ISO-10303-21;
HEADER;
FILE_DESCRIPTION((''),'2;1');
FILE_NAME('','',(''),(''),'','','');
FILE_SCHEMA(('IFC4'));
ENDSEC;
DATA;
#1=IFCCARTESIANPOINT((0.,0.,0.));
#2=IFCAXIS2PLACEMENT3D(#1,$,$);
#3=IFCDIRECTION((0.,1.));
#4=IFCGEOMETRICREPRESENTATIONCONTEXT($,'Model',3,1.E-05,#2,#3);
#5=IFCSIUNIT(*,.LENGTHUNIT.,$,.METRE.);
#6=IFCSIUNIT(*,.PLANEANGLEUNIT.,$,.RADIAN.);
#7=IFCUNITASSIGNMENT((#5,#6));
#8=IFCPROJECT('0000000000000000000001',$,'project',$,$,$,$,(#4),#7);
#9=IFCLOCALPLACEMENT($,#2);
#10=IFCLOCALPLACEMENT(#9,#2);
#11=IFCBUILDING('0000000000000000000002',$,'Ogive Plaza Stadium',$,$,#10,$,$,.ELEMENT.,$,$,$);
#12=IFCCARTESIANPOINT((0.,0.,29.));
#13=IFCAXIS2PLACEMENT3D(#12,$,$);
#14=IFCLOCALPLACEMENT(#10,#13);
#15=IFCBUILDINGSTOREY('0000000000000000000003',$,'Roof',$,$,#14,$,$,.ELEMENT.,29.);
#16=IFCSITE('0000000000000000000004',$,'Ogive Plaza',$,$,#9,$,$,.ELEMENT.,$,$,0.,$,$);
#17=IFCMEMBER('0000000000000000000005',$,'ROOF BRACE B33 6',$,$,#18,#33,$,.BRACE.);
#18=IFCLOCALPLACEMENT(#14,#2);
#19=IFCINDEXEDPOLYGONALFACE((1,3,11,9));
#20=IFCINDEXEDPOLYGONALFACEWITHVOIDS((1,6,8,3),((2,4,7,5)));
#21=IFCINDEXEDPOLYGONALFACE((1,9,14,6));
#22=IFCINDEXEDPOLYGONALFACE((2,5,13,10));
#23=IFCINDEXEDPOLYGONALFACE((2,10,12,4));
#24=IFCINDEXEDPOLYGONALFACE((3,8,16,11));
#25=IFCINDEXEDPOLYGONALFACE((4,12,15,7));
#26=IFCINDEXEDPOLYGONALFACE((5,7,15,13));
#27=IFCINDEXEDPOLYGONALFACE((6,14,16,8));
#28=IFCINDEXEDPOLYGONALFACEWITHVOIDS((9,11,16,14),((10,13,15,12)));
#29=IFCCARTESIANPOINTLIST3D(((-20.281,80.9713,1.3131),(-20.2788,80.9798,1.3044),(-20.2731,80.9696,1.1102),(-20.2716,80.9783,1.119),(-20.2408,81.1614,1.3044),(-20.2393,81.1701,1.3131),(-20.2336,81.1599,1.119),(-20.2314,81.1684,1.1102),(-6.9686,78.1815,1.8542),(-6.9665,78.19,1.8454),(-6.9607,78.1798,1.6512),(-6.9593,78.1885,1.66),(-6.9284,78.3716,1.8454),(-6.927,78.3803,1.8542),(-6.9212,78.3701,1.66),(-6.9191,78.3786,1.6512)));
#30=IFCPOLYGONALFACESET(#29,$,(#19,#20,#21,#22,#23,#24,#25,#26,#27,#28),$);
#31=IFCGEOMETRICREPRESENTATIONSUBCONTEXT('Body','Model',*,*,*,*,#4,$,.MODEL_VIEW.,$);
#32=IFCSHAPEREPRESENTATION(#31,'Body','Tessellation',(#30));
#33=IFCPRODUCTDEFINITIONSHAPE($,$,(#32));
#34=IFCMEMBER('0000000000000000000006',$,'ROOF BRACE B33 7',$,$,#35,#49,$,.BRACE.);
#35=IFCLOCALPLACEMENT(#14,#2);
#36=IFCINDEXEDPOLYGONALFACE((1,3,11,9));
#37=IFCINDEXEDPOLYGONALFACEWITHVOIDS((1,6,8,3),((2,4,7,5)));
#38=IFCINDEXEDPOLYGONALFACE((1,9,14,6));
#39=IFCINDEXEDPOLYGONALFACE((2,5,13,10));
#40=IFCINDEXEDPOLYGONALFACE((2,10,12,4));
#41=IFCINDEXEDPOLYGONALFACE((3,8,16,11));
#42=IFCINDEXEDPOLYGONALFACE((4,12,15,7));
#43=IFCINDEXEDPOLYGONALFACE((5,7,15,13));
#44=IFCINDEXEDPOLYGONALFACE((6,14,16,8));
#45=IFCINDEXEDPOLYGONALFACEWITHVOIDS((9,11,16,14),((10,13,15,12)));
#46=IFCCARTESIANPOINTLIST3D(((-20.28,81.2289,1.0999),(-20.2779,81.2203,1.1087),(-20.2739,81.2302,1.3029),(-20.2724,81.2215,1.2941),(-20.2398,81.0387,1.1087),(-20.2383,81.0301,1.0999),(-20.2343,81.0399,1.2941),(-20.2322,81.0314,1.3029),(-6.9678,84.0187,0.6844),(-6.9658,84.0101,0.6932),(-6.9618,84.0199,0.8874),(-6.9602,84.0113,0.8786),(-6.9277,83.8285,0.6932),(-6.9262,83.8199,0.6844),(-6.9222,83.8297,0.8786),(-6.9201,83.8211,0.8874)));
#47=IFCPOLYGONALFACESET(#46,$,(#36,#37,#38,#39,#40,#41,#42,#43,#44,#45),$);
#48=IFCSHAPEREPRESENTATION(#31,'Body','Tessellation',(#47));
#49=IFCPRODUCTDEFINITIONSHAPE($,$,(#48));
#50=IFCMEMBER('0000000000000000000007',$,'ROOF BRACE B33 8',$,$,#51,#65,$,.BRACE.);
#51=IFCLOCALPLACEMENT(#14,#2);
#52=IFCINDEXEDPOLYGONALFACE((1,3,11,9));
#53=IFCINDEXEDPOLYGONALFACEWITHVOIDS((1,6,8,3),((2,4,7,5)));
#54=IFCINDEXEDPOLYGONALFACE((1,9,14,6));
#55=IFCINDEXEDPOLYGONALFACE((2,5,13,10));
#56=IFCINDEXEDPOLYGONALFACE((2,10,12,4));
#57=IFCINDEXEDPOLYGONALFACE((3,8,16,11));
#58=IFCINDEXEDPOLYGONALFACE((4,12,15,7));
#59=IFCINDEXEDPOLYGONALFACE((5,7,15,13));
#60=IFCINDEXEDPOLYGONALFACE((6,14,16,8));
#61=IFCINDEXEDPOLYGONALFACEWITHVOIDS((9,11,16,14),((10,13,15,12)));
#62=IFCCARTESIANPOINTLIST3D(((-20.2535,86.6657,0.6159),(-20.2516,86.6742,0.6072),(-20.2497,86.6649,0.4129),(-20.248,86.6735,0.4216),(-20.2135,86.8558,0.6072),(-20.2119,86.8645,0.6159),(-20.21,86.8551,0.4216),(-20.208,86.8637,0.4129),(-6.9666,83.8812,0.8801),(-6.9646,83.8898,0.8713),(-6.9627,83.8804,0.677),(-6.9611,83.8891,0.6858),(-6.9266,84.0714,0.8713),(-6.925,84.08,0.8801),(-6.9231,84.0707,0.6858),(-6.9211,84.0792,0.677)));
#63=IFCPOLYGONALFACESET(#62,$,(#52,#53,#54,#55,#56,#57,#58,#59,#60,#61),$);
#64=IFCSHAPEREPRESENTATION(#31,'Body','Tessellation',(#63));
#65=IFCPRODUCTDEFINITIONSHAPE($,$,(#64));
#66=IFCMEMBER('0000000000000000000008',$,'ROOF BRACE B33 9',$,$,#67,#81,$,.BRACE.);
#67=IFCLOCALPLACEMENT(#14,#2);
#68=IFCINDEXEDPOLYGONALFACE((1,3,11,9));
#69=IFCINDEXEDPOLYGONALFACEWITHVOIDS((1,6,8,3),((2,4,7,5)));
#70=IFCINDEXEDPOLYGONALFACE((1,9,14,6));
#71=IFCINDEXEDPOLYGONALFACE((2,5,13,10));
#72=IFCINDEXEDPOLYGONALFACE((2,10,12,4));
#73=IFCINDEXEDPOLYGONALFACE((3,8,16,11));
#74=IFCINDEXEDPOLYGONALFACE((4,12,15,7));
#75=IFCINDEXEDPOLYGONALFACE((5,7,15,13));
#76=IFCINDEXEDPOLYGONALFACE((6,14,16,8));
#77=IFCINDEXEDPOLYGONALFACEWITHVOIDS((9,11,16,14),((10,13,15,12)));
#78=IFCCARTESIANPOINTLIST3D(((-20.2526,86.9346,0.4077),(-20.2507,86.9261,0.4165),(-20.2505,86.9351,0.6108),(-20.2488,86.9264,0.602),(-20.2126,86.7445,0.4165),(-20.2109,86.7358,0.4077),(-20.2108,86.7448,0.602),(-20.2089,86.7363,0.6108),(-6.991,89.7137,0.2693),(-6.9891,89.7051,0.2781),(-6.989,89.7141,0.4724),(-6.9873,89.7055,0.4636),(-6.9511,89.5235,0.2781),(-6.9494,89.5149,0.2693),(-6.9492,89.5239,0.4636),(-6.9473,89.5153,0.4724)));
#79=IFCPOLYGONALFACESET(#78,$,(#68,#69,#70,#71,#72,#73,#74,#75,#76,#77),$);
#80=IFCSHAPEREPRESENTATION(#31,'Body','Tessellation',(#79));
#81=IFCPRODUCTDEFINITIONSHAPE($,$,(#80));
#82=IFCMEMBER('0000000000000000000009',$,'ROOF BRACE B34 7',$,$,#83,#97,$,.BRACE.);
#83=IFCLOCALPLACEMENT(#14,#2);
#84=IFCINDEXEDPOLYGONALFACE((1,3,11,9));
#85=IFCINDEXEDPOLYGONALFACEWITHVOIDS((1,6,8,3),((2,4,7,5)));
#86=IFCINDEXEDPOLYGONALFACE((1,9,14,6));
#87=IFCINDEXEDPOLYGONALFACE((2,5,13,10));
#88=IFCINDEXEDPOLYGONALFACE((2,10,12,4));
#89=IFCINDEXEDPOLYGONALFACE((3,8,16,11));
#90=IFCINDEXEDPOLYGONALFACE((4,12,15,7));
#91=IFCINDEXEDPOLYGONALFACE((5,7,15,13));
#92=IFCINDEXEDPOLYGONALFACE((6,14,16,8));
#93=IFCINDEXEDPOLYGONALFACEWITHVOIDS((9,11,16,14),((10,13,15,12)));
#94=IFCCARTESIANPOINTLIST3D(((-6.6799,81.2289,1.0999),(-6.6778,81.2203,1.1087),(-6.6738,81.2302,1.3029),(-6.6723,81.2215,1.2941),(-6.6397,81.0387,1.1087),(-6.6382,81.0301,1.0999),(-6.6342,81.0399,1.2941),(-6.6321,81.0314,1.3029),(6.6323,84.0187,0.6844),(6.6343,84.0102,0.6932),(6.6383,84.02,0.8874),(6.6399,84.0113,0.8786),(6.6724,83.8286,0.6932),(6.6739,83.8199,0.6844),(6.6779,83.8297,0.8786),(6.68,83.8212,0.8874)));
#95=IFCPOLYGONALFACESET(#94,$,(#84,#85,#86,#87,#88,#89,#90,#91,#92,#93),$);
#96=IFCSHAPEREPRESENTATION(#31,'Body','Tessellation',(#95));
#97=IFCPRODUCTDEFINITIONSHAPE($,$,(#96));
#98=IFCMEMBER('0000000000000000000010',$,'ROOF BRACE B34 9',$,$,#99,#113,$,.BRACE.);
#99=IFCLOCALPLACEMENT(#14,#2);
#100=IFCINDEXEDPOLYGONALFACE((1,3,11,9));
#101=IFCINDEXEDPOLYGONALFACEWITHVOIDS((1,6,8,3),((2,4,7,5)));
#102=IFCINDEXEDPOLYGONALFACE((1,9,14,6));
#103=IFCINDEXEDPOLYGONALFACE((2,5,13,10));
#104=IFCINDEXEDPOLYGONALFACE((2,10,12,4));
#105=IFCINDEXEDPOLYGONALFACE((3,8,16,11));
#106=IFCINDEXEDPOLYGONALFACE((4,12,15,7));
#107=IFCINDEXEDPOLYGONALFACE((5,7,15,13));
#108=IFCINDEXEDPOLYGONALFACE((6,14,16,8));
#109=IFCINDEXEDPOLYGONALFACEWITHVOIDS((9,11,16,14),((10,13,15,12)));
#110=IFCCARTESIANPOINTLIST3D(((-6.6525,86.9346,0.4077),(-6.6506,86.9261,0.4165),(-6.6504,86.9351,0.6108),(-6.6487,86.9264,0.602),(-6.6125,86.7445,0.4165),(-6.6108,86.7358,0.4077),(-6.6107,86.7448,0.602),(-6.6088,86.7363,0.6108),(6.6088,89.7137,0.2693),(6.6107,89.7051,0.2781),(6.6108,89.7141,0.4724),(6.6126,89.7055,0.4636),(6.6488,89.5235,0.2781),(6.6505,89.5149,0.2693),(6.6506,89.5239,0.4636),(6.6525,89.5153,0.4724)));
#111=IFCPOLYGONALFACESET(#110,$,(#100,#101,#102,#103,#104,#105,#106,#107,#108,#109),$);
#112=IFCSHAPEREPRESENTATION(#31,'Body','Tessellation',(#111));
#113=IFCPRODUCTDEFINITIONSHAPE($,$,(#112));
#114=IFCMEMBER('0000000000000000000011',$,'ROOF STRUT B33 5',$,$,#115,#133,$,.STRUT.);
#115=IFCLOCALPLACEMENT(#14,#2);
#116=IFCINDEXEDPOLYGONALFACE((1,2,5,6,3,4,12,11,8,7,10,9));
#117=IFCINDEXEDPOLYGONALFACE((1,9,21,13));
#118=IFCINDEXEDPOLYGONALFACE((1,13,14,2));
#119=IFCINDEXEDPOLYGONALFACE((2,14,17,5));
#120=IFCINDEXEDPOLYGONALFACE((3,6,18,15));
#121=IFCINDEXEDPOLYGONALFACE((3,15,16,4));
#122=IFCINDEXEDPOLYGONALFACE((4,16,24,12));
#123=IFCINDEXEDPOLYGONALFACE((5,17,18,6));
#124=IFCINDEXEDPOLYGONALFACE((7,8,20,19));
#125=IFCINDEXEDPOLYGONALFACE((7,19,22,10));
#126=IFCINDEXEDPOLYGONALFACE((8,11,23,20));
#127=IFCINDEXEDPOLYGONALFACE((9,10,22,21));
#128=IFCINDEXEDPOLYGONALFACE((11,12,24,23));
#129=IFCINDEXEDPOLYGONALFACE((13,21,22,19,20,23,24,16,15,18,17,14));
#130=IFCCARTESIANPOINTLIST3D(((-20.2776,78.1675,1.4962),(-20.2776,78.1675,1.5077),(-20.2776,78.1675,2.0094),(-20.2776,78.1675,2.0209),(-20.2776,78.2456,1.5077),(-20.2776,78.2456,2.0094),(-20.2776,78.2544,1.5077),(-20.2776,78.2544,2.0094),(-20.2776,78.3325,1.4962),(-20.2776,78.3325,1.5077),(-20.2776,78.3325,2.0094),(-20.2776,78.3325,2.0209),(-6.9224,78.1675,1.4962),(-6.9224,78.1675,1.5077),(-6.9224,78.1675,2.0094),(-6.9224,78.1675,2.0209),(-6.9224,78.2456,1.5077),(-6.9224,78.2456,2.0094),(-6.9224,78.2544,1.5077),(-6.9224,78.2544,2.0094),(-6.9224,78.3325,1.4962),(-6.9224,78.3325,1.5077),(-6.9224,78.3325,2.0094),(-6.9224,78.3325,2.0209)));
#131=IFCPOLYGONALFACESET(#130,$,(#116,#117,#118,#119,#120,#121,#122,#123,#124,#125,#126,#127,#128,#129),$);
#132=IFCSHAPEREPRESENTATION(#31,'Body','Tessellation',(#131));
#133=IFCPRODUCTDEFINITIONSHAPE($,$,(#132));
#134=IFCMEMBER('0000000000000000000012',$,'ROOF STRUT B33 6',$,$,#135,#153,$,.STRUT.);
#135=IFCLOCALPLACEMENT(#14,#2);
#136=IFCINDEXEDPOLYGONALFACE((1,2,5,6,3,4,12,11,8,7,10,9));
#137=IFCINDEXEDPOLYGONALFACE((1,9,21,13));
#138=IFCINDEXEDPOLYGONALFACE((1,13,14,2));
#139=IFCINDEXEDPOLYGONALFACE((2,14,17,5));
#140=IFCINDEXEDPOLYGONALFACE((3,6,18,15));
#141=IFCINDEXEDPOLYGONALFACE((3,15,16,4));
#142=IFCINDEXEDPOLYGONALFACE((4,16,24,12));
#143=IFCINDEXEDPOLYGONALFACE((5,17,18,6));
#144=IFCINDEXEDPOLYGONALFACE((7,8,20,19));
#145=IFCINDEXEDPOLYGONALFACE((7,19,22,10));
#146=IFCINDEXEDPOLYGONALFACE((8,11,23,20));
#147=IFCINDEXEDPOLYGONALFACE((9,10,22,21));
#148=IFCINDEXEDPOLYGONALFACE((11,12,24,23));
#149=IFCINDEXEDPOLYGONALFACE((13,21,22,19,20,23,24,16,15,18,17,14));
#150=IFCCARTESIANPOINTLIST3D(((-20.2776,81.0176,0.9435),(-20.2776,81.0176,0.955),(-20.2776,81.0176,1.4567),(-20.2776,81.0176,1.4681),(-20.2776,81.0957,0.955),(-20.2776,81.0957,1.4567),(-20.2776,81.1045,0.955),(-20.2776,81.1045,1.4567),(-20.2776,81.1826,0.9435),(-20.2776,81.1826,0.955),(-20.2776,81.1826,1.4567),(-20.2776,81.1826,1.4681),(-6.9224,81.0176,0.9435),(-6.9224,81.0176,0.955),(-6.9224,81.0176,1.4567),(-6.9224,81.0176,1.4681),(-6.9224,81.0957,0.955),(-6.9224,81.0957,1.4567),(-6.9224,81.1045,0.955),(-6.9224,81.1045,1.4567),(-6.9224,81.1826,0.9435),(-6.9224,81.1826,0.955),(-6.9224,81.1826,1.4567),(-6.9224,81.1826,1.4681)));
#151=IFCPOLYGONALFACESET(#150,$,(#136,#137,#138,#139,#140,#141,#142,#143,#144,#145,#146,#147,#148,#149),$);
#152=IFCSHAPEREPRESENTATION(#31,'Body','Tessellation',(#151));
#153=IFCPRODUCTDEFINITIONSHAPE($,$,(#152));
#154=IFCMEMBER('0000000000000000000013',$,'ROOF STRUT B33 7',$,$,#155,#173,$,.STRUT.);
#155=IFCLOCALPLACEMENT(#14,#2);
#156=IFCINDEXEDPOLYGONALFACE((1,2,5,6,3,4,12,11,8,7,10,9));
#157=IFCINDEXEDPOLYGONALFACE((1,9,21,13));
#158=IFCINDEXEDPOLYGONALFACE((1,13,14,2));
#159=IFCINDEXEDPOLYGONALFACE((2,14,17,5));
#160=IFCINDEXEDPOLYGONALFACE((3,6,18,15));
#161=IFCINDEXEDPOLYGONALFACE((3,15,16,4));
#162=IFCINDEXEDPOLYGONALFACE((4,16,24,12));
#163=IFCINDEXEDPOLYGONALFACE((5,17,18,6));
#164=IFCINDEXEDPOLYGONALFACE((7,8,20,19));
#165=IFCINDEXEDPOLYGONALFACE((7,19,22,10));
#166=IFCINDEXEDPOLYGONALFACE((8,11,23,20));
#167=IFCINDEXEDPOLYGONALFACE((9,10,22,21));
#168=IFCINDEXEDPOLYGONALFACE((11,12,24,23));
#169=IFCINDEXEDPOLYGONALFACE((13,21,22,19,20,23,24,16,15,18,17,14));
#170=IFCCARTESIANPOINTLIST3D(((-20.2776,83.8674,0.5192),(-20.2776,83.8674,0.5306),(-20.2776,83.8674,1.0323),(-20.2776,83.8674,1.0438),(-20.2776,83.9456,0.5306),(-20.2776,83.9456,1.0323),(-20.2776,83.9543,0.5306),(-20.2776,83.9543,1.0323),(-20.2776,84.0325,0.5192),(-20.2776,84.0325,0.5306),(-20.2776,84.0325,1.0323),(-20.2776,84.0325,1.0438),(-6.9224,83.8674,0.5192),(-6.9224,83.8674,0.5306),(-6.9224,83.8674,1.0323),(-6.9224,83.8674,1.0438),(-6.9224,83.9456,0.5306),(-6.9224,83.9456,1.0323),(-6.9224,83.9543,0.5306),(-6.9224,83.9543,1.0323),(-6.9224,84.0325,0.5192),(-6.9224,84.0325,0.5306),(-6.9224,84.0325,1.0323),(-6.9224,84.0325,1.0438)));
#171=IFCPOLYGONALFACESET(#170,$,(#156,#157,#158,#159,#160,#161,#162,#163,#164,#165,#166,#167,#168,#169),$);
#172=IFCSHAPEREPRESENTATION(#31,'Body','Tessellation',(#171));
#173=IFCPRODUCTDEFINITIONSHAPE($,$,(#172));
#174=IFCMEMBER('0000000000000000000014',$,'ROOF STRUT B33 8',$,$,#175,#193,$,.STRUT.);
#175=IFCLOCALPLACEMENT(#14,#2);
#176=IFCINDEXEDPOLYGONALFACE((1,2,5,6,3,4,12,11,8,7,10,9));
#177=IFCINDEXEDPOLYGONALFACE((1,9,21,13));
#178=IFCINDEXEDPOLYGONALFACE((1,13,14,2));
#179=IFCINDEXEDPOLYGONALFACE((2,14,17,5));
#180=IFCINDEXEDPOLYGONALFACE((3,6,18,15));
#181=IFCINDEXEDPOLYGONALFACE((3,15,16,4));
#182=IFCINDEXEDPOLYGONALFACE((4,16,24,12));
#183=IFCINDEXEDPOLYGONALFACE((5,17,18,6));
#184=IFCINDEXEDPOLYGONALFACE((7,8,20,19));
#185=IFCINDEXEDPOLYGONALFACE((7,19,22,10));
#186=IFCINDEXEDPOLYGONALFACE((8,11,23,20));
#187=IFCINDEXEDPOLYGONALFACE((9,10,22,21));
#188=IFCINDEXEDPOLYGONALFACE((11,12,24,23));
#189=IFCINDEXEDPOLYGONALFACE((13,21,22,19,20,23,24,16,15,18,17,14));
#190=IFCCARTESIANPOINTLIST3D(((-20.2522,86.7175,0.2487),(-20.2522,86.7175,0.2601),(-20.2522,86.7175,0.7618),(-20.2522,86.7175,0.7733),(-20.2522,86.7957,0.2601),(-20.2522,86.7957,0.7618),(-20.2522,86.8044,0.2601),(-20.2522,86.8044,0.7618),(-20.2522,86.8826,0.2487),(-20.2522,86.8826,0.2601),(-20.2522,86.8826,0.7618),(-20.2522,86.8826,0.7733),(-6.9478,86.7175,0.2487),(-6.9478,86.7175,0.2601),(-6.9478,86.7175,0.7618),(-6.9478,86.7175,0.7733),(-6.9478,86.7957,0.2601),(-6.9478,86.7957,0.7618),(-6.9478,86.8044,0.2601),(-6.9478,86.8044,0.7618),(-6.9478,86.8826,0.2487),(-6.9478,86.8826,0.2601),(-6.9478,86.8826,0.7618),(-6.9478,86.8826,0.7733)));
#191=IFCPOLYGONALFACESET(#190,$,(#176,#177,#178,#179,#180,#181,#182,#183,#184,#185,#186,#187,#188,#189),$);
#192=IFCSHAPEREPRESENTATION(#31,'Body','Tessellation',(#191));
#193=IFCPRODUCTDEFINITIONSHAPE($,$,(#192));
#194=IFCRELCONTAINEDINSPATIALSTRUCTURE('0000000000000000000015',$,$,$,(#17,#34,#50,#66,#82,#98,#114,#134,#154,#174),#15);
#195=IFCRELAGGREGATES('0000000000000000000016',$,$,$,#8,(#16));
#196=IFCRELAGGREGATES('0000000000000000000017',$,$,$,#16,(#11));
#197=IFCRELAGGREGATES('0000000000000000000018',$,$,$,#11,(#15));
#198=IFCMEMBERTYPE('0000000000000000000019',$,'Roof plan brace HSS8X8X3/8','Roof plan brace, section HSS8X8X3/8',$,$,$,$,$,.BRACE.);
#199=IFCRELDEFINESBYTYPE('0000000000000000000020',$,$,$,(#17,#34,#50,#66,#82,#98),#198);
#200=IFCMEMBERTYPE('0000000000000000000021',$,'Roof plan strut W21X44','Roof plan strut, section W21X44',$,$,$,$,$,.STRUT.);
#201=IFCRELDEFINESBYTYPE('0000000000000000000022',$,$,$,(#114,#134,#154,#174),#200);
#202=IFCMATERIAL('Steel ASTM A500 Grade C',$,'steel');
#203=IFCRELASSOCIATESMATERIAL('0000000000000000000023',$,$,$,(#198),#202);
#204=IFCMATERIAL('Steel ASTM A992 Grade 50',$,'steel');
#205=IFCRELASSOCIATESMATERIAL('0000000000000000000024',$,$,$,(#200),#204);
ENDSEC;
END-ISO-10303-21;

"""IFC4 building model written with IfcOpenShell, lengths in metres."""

from ifc_helpers import new_model, si_unit, direction, frame, origin, origin_2d, place, context, subcontext, project, spatial, hollow_rectangle, i_section, extrude, material, material_profile, profile_set, type_object, element, save


model = new_model("IFC4")

# Units and contexts
model_context = context("Model", 3, precision=1e-05, world=origin(), true_north=direction((0.0, 1.0)))
body_context = subcontext(model_context, "Body", "Model", "MODEL_VIEW")
ifc_project = project(units=[si_unit("LENGTHUNIT", "METRE"), si_unit("PLANEANGLEUNIT", "RADIAN")], contexts=[model_context])

# Site, building, storey
site_placement = place(None, origin())
site = spatial("IfcSite", under=ifc_project, at=site_placement, Name="Ogive Plaza", CompositionType="ELEMENT", RefElevation=0.0)
building_placement = place(site_placement, origin())
building = spatial("IfcBuilding", under=site, at=building_placement, Name="Ogive Plaza Stadium", CompositionType="ELEMENT")
storey_placement = place(building_placement, frame((0.0, 0.0, 29.0)))
storey = spatial("IfcBuildingStorey", under=building, at=storey_placement, Name="Roof", CompositionType="ELEMENT", Elevation=29.0)

# Members
ifc_material_1 = material(Name="Steel ASTM A500 Grade C", Category="steel")
ifc_material_profile_1 = material_profile(ifc_material_1, hollow_rectangle(XDim=0.2031, YDim=0.2031, WallThickness=0.0088, at=origin_2d()), Name="HSS8X8X3/8")
ifc_profile_set_1 = profile_set([ifc_material_profile_1], Name="Steel ASTM A500 Grade C")
member_type_1 = type_object("IfcMemberType", Name="Roof plan brace HSS8X8X3/8", Description="Roof plan brace, section HSS8X8X3/8", PredefinedType="BRACE", material=ifc_profile_set_1)
member_1_placement = place(storey_placement, frame((-6.9438, 78.28, 1.7527), z_axis=(-0.977966, 0.204948, -0.039745), x_axis=(-0.20511, -0.978739, 0.0)))
element("IfcMember", 1, at=member_1_placement, inside=storey, type_object=member_type_1, Name="ROOF BRACE B33 6", PredefinedType="BRACE", context=body_context, shape_type="SweptSolid", body=[
    extrude(hollow_rectangle(XDim=0.2031, YDim=0.2031, WallThickness=0.0088, at=origin_2d()), origin(), (0.0, 0.0, 1.0), 13.6123),
])
member_2_placement = place(storey_placement, frame((-20.2561, 81.1301, 1.2014), z_axis=(0.978282, 0.205015, -0.030536), x_axis=(-0.20511, 0.978739, 0.0)))
element("IfcMember", 2, at=member_2_placement, inside=storey, type_object=member_type_1, Name="ROOF BRACE B33 7", PredefinedType="BRACE", context=body_context, shape_type="SweptSolid", body=[
    extrude(hollow_rectangle(XDim=0.2031, YDim=0.2031, WallThickness=0.0088, at=origin_2d()), origin(), (0.0, 0.0, 1.0), 13.6077),
])
member_3_placement = place(storey_placement, frame((-6.9438, 83.9802, 0.7786), z_axis=(-0.978554, 0.205068, -0.019455), x_axis=(-0.205107, -0.97874, 0.0)))
element("IfcMember", 3, at=member_3_placement, inside=storey, type_object=member_type_1, Name="ROOF BRACE B33 8", PredefinedType="BRACE", context=body_context, shape_type="SweptSolid", body=[
    extrude(hollow_rectangle(XDim=0.2031, YDim=0.2031, WallThickness=0.0088, at=origin_2d()), origin(), (0.0, 0.0, 1.0), 13.5781),
])
member_4_placement = place(storey_placement, frame((-20.2307, 86.8354, 0.5093), z_axis=(0.978689, 0.205093, -0.010216), x_axis=(-0.205103, 0.97874, 0.0)))
element("IfcMember", 4, at=member_4_placement, inside=storey, type_object=member_type_1, Name="ROOF BRACE B33 9", PredefinedType="BRACE", context=body_context, shape_type="SweptSolid", body=[
    extrude(hollow_rectangle(XDim=0.2031, YDim=0.2031, WallThickness=0.0088, at=origin_2d()), origin(), (0.0, 0.0, 1.0), 13.5503),
])
member_5_placement = place(storey_placement, frame((-6.656, 81.1301, 1.2014), z_axis=(0.978282, 0.205018, -0.030537), x_axis=(-0.205114, 0.978738, 0.0)))
element("IfcMember", 5, at=member_5_placement, inside=storey, type_object=member_type_1, Name="ROOF BRACE B34 7", PredefinedType="BRACE", context=body_context, shape_type="SweptSolid", body=[
    extrude(hollow_rectangle(XDim=0.2031, YDim=0.2031, WallThickness=0.0088, at=origin_2d()), origin(), (0.0, 0.0, 1.0), 13.6077),
])
member_6_placement = place(storey_placement, frame((-6.6306, 86.8354, 0.5093), z_axis=(0.978689, 0.205096, -0.010216), x_axis=(-0.205107, 0.97874, 0.0)))
element("IfcMember", 6, at=member_6_placement, inside=storey, type_object=member_type_1, Name="ROOF BRACE B34 9", PredefinedType="BRACE", context=body_context, shape_type="SweptSolid", body=[
    extrude(hollow_rectangle(XDim=0.2031, YDim=0.2031, WallThickness=0.0088, at=origin_2d()), origin(), (0.0, 0.0, 1.0), 13.55),
])
ifc_material_2 = material(Name="Steel ASTM A992 Grade 50", Category="steel")
ifc_material_profile_2 = material_profile(ifc_material_2, i_section(OverallWidth=0.165, OverallDepth=0.5247, WebThickness=0.0088, FlangeThickness=0.0115, at=origin_2d()), Name="W21X44")
ifc_profile_set_2 = profile_set([ifc_material_profile_2], Name="Steel ASTM A992 Grade 50")
member_type_2 = type_object("IfcMemberType", Name="Roof plan strut W21X44", Description="Roof plan strut, section W21X44", PredefinedType="STRUT", material=ifc_profile_set_2)
for number, where, z_axis, x_axis, name in (
    (7, (-20.2776, 78.25, 1.7585), (1.0, 0.0, 0.0), (0.0, 1.0, 0.0), "ROOF STRUT B33 5"),
    (8, (-20.2776, 81.1001, 1.2058), (1.0, 0.0, 0.0), (0.0, 1.0, 0.0), "ROOF STRUT B33 6"),
    (9, (-20.2776, 83.95, 0.7815), (1.0, 0.0, 0.0), (0.0, 1.0, 0.0), "ROOF STRUT B33 7"),
):
    element("IfcMember", number, at=place(storey_placement, frame(where, z_axis=z_axis, x_axis=x_axis)), inside=storey, type_object=member_type_2, Name=name, PredefinedType="STRUT", context=body_context, shape_type="SweptSolid", body=[
        extrude(i_section(OverallWidth=0.165, OverallDepth=0.5247, WebThickness=0.0088, FlangeThickness=0.0115, at=origin_2d()), origin(), (0.0, 0.0, 1.0), 13.3552),
    ])
member_7_placement = place(storey_placement, frame((-20.2522, 86.8, 0.511), z_axis=(1.0, 0.0, 0.0), x_axis=(0.0, 1.0, 0.0)))
element("IfcMember", 10, at=member_7_placement, inside=storey, type_object=member_type_2, Name="ROOF STRUT B33 8", PredefinedType="STRUT", context=body_context, shape_type="SweptSolid", body=[
    extrude(i_section(OverallWidth=0.165, OverallDepth=0.5247, WebThickness=0.0088, FlangeThickness=0.0115, at=origin_2d()), origin(), (0.0, 0.0, 1.0), 13.3044),
])

save(model, "model.ifc")
